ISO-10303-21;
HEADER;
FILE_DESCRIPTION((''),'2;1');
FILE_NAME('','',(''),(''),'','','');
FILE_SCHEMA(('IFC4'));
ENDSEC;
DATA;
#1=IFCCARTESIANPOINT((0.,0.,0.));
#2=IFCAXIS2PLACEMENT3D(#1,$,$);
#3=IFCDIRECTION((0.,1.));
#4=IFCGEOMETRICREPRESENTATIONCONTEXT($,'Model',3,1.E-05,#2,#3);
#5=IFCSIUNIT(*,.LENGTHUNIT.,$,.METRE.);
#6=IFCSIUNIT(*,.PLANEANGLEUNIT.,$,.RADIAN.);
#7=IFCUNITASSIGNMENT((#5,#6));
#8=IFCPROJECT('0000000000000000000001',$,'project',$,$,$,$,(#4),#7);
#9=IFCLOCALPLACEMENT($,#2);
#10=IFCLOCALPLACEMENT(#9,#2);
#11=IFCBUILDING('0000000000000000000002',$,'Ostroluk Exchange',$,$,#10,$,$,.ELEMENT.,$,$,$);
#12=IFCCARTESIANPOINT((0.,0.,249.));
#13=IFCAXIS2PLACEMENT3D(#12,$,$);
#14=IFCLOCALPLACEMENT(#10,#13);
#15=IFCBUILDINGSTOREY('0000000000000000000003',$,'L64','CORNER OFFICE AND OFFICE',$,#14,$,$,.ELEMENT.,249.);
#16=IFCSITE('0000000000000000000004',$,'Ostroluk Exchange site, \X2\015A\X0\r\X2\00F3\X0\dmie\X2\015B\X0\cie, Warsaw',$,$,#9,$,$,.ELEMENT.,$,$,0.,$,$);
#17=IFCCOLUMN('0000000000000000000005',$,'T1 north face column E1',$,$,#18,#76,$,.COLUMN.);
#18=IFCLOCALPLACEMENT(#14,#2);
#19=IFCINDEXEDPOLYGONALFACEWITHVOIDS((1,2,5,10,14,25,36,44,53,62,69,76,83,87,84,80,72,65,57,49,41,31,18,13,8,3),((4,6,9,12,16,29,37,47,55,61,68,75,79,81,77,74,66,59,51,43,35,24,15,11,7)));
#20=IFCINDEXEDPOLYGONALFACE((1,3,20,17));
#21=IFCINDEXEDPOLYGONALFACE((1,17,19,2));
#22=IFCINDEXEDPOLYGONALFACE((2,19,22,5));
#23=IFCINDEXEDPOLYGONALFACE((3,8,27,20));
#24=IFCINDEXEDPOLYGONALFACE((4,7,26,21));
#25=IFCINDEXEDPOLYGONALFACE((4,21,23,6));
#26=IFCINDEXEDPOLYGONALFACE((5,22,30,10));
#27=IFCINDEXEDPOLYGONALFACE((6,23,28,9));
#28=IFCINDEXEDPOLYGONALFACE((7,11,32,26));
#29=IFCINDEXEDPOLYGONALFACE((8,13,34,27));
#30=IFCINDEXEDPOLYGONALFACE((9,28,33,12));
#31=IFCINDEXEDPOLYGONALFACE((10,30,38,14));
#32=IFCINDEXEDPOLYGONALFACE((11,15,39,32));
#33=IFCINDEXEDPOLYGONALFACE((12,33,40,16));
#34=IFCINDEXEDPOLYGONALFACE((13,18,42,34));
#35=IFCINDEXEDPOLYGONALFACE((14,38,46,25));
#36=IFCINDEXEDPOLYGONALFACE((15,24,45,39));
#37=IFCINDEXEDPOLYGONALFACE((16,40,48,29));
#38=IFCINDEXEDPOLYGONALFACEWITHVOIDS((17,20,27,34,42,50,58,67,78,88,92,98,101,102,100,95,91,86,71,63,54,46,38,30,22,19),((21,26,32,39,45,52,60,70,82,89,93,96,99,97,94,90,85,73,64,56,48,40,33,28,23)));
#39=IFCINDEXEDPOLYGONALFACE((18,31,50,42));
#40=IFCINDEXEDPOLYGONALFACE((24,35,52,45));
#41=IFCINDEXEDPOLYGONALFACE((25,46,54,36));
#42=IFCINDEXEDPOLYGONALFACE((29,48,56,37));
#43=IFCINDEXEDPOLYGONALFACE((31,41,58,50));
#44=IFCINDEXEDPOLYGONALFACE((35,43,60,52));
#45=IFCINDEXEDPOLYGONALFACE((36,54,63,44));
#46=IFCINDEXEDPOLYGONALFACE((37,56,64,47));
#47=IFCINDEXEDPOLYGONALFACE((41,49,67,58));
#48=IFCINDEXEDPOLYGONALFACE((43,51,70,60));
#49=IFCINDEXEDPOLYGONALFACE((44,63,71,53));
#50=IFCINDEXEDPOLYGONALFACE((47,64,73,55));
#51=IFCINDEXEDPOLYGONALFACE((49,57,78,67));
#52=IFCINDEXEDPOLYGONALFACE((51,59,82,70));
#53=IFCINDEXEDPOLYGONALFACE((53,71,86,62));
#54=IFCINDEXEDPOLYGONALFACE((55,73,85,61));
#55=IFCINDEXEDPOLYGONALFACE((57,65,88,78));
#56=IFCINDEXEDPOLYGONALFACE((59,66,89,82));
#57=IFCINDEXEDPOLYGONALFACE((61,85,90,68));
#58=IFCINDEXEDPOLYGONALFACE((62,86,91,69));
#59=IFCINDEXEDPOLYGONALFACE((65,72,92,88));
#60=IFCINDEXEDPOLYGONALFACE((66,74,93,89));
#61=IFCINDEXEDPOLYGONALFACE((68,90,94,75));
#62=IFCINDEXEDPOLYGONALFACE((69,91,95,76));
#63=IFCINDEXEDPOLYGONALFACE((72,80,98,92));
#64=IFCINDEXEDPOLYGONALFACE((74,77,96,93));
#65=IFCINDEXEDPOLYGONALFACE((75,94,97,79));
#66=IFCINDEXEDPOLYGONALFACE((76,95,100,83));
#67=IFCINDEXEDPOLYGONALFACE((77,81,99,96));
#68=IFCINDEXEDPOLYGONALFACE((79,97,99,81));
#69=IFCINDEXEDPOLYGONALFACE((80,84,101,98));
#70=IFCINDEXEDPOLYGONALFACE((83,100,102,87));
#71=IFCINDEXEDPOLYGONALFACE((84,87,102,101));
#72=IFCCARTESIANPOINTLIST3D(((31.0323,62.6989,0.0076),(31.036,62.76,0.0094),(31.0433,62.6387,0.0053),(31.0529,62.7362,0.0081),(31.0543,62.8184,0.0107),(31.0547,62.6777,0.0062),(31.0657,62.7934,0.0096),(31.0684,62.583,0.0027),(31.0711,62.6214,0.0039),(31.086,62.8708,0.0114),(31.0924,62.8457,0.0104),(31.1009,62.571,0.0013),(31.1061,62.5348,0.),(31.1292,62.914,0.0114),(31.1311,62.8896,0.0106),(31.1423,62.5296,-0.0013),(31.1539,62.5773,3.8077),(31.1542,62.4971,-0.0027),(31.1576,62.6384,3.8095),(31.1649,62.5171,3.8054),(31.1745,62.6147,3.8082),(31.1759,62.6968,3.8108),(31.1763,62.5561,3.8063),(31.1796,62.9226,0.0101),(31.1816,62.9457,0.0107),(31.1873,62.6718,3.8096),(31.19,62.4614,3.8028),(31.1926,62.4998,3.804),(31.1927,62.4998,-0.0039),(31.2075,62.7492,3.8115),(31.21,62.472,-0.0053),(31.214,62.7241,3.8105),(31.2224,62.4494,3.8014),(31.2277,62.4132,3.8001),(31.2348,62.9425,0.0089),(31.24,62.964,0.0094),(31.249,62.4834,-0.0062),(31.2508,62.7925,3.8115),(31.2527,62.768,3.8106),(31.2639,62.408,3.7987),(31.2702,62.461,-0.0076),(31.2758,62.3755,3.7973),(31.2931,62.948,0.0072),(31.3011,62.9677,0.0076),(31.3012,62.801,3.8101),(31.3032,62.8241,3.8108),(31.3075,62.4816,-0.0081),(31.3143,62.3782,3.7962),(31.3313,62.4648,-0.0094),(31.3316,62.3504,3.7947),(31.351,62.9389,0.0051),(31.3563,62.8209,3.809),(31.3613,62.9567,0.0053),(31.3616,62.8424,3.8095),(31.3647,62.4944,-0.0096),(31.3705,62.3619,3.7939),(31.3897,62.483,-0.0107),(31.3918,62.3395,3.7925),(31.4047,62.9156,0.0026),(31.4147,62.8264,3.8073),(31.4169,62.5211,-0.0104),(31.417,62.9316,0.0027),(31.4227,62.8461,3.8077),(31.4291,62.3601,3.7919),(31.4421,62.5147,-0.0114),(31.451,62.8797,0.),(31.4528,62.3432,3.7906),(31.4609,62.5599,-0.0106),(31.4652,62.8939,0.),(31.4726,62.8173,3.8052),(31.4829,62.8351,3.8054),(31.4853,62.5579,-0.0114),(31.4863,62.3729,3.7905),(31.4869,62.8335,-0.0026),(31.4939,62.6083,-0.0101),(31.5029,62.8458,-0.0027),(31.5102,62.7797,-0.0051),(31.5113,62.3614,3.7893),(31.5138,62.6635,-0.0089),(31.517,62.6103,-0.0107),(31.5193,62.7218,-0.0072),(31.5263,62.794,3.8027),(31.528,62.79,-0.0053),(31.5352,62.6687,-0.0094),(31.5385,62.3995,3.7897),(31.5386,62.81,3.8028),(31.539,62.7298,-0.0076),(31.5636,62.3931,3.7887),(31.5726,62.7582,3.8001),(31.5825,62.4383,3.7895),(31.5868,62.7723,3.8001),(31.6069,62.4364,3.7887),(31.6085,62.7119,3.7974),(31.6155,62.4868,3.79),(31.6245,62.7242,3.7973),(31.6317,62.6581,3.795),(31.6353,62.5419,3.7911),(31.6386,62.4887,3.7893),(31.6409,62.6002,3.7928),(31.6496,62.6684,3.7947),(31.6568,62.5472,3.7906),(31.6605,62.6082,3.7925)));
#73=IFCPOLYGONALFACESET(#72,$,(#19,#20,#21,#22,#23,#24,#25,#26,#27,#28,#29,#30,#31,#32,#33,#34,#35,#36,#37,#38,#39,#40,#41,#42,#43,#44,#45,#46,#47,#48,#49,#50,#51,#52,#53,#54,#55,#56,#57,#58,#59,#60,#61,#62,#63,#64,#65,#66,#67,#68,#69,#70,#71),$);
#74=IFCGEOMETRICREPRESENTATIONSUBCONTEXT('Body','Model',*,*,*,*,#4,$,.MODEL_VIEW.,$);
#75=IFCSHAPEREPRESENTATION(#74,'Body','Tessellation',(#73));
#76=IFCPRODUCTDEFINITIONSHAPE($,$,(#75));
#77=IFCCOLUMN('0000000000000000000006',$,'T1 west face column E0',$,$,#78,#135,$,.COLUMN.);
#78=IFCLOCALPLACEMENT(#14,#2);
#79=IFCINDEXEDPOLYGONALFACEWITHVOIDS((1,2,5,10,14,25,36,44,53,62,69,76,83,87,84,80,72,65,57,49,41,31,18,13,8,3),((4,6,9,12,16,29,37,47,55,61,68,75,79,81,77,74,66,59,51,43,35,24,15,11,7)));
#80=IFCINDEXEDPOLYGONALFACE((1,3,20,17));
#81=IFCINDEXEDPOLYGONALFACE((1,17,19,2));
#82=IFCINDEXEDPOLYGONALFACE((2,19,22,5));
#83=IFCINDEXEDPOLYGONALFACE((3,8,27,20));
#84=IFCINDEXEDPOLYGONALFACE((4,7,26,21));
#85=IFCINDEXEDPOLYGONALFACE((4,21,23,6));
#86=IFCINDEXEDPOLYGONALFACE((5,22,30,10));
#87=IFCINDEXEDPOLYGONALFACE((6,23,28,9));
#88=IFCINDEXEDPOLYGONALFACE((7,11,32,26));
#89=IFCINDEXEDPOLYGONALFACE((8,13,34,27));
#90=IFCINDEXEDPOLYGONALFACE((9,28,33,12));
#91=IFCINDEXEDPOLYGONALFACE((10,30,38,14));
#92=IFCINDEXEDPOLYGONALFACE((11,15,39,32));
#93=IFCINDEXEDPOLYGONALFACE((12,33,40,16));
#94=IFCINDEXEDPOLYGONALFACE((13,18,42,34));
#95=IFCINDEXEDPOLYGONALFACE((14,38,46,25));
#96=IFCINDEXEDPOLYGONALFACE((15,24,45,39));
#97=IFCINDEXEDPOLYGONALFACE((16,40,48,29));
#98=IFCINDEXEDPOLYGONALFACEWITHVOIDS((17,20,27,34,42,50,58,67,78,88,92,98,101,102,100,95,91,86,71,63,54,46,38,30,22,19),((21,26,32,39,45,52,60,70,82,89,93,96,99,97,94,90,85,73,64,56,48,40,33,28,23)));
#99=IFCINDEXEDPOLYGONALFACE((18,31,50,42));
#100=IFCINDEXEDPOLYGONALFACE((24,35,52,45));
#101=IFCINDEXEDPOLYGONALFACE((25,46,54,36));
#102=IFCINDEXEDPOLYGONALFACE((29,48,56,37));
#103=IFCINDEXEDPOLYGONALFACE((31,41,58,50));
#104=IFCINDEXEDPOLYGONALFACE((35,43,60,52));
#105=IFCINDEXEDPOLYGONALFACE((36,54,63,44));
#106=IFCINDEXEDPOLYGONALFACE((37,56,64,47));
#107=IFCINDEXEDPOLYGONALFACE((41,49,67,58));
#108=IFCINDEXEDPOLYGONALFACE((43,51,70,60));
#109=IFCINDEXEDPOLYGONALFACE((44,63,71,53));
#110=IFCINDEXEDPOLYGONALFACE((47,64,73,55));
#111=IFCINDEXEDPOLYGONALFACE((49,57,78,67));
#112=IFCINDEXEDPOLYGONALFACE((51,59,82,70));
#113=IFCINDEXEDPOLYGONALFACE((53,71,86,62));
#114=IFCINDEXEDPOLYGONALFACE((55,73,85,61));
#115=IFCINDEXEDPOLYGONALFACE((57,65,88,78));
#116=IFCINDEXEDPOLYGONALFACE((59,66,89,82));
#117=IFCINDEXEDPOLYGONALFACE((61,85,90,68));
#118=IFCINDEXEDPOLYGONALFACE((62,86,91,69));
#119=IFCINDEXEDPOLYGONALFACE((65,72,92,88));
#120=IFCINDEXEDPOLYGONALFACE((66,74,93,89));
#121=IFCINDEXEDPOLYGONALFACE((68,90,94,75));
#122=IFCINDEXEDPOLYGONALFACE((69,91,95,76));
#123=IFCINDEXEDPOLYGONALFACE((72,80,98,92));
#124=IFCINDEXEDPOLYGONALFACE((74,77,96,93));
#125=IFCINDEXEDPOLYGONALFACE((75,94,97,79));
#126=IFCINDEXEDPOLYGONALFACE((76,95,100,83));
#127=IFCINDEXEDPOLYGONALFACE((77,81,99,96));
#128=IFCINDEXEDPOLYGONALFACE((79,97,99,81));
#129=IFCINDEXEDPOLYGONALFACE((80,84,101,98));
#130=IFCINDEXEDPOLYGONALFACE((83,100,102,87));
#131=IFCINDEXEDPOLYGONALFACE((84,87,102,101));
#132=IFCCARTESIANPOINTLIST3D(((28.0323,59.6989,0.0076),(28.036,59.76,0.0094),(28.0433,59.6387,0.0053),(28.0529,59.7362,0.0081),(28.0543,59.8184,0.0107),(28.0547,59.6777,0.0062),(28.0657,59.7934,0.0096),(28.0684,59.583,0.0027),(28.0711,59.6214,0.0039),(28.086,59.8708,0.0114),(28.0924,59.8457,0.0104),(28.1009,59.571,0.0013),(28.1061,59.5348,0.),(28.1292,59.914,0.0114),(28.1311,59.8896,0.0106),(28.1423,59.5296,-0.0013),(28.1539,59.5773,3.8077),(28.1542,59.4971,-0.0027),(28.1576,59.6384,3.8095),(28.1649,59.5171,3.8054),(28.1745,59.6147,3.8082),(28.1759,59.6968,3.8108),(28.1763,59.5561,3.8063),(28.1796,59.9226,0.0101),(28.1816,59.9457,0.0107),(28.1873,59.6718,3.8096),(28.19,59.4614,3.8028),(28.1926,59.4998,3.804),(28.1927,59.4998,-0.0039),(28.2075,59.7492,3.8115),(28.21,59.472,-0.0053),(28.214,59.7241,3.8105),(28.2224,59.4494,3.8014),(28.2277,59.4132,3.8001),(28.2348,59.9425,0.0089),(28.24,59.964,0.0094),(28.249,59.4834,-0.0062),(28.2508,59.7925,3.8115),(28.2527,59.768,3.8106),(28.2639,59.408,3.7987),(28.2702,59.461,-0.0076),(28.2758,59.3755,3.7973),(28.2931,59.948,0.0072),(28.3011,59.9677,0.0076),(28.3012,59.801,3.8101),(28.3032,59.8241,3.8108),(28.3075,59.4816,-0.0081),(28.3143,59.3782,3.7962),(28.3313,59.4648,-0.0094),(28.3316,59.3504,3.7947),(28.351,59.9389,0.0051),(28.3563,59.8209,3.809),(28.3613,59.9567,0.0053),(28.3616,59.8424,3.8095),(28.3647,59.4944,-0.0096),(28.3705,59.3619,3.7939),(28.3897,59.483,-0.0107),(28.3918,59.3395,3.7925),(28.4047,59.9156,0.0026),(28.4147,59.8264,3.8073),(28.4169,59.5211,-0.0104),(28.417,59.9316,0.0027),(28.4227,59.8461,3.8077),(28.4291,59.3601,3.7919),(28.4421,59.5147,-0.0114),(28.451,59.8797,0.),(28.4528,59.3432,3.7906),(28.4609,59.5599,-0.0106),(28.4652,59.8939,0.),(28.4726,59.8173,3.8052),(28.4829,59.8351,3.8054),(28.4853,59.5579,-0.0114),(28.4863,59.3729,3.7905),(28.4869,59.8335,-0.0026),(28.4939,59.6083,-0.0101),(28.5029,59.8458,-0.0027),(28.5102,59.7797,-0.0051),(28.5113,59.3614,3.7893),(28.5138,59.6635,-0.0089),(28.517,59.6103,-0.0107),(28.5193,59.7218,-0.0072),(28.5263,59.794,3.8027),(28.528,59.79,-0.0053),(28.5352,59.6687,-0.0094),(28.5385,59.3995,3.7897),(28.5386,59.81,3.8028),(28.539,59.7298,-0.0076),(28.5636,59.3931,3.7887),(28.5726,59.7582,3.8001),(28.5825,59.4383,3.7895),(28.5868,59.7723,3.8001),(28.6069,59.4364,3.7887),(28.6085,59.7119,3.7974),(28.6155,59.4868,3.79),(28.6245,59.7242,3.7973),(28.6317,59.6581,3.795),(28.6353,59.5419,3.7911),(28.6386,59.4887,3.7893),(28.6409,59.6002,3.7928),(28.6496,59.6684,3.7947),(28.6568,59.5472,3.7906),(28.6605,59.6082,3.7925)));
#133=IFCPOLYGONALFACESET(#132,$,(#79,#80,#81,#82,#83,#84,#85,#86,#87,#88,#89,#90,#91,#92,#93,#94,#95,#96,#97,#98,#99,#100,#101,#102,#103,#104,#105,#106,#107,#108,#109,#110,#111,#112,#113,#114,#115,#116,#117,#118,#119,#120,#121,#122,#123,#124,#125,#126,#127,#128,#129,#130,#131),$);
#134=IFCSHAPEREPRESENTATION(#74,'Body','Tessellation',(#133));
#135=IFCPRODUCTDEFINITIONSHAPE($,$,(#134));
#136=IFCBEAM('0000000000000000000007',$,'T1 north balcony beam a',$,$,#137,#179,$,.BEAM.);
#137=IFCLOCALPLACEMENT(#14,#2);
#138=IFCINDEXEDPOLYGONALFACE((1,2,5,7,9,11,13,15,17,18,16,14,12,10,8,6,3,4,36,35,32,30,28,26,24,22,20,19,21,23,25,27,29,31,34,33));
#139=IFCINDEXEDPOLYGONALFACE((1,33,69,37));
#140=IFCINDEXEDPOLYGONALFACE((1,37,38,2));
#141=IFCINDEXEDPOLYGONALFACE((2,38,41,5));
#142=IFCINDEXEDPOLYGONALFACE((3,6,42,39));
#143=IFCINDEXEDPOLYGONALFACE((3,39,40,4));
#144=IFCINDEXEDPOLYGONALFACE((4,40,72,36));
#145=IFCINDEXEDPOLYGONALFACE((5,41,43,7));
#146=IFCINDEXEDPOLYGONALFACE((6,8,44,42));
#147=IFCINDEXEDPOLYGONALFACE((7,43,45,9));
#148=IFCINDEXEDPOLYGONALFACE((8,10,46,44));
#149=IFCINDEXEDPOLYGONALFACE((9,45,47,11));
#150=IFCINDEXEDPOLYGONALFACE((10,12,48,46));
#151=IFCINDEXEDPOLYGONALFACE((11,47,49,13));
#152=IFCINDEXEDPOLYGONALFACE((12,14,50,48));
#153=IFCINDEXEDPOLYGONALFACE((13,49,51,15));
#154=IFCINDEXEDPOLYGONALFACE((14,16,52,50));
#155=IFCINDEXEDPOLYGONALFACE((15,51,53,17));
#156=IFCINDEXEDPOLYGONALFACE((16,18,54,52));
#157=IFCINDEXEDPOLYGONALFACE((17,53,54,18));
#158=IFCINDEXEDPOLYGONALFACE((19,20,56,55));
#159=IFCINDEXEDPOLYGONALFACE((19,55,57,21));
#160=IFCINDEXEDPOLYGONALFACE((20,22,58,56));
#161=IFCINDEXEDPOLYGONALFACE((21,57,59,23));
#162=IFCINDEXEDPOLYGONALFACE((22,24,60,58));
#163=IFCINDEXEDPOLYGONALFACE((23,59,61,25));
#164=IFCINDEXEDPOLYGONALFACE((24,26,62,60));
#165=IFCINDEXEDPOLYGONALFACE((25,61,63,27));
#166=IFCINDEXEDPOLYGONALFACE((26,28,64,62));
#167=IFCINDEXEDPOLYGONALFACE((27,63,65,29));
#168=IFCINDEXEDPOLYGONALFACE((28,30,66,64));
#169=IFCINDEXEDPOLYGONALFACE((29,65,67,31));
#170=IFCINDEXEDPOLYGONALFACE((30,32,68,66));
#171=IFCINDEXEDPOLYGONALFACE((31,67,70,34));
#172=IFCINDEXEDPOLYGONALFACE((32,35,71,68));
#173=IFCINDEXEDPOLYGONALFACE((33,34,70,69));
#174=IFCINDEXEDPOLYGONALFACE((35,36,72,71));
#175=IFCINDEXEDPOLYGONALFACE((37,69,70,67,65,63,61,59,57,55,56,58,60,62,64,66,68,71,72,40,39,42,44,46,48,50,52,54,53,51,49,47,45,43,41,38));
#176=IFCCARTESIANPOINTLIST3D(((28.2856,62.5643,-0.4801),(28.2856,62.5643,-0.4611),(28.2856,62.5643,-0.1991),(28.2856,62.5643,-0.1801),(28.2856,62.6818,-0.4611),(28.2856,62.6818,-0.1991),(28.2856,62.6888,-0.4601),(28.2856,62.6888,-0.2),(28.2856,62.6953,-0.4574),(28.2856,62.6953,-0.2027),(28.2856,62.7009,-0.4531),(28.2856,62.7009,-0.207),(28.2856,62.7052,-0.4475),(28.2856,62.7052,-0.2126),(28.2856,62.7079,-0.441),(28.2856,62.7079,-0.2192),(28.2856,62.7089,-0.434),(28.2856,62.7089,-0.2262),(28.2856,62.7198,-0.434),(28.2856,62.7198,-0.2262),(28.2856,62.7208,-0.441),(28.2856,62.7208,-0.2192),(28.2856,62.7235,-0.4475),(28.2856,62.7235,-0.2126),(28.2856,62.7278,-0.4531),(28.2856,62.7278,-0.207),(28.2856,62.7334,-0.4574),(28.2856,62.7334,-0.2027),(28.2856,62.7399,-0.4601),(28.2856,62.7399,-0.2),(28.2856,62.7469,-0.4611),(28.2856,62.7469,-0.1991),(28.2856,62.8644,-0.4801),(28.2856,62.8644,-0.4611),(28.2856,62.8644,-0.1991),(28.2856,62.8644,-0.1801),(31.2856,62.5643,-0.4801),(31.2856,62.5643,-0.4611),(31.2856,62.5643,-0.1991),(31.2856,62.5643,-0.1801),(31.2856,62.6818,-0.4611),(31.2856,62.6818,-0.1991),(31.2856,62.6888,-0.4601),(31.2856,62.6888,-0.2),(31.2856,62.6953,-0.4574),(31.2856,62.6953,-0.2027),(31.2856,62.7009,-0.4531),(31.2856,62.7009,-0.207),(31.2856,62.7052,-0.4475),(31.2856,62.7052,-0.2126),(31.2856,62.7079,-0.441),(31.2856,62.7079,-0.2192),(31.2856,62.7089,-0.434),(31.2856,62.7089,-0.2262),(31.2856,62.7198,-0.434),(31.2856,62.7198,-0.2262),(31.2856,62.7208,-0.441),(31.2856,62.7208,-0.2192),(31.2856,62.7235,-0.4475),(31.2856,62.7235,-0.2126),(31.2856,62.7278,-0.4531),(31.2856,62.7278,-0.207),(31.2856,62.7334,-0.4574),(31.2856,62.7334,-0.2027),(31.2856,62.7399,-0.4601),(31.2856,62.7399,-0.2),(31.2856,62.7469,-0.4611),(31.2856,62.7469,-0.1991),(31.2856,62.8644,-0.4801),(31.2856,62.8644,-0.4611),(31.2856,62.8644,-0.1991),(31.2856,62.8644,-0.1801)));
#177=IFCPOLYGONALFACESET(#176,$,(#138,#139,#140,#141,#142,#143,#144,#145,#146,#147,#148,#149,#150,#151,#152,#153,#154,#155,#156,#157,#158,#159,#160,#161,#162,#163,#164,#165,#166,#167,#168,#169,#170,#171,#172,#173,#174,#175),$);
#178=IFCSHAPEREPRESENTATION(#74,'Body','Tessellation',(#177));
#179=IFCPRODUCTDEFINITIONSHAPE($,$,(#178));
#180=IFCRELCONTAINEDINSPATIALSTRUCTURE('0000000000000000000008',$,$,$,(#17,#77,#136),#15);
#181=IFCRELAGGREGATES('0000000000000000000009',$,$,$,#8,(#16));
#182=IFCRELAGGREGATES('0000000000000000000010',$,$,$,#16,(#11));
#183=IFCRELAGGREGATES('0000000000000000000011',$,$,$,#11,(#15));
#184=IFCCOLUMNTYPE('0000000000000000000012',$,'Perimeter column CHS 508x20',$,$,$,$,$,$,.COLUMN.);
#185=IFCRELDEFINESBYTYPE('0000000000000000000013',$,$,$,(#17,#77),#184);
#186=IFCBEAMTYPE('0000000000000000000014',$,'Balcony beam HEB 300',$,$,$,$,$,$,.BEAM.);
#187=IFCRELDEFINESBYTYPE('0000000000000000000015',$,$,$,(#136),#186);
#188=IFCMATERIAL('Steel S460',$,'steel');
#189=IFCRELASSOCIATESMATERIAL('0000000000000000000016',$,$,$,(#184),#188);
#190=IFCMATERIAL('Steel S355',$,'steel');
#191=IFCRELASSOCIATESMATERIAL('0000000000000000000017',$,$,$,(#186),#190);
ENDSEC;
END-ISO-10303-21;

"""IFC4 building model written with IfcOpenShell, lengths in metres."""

from ifc_helpers import new_model, si_unit, direction, frame, origin, origin_2d, place, context, subcontext, project, spatial, hollow_circle, i_section, extrude, material, material_profile, profile_set, type_object, element, save


model = new_model("IFC4")

# Units and contexts
model_context = context("Model", 3, precision=1e-05, world=origin(), true_north=direction((0.0, 1.0)))
body_context = subcontext(model_context, "Body", "Model", "MODEL_VIEW")
ifc_project = project(units=[si_unit("LENGTHUNIT", "METRE"), si_unit("PLANEANGLEUNIT", "RADIAN")], contexts=[model_context])

# Site, building, storey
site_placement = place(None, origin())
site = spatial("IfcSite", under=ifc_project, at=site_placement, Name="Ostroluk Exchange site, Śródmieście, Warsaw", CompositionType="ELEMENT", RefElevation=0.0)
building_placement = place(site_placement, origin())
building = spatial("IfcBuilding", under=site, at=building_placement, Name="Ostroluk Exchange", CompositionType="ELEMENT")
storey_placement = place(building_placement, frame((0.0, 0.0, 249.0)))
storey = spatial("IfcBuildingStorey", under=building, at=storey_placement, Name="L64", Description="CORNER OFFICE AND OFFICE", CompositionType="ELEMENT", Elevation=249.0)

# Columns
ifc_material_1 = material(Name="Steel S460", Category="steel")
ifc_material_profile_1 = material_profile(ifc_material_1, hollow_circle(Radius=0.2539, WallThickness=0.02, at=origin_2d()), Name="CHS 508x20")
ifc_profile_set_1 = profile_set([ifc_material_profile_1], Name="Steel S460")
column_type = type_object("IfcColumnType", Name="Perimeter column CHS 508x20", PredefinedType="COLUMN", material=ifc_profile_set_1)
for number, where, z_axis, x_axis, name in (
    (1, (31.2856, 62.7144, 0.0), (0.031962, -0.031962, 0.998978), (0.707107, 0.707107, 0.0), "T1 north face column E1"),
    (2, (28.2856, 59.7144, 0.0), (0.031962, -0.031962, 0.998978), (0.707107, 0.707107, 0.0), "T1 west face column E0"),
):
    element("IfcColumn", number, at=place(storey_placement, frame(where, z_axis=z_axis, x_axis=x_axis)), inside=storey, type_object=column_type, Name=name, PredefinedType="COLUMN", context=body_context, shape_type="SweptSolid", body=[
        extrude(hollow_circle(Radius=0.2539, WallThickness=0.02, at=origin_2d()), origin(), (0.0, 0.0, 1.0), 3.804),
    ])

# Beam
ifc_material_2 = material(Name="Steel S355", Category="steel")
ifc_material_profile_2 = material_profile(ifc_material_2, i_section(OverallWidth=0.3, OverallDepth=0.3, WebThickness=0.011, FlangeThickness=0.019, FilletRadius=0.0271, at=origin_2d()), Name="HEB 300")
ifc_profile_set_2 = profile_set([ifc_material_profile_2], Name="Steel S355")
beam_type_1 = type_object("IfcBeamType", Name="Balcony beam HEB 300", PredefinedType="BEAM", material=ifc_profile_set_2)
for number, where, z_axis, x_axis, name in (
    (3, (31.2856, 62.7144, -0.3301), (-1.0, 0.0, 0.0), (0.0, -1.0, 0.0), "T1 north balcony beam a"),
):
    element("IfcBeam", number, at=place(storey_placement, frame(where, z_axis=z_axis, x_axis=x_axis)), inside=storey, type_object=beam_type_1, Name=name, PredefinedType="BEAM", context=body_context, shape_type="SweptSolid", body=[
        extrude(i_section(OverallWidth=0.3, OverallDepth=0.3, WebThickness=0.011, FlangeThickness=0.019, FilletRadius=0.0271, at=origin_2d()), origin(), (0.0, 0.0, 1.0), 3.0),
    ])

save(model, "model.ifc")
